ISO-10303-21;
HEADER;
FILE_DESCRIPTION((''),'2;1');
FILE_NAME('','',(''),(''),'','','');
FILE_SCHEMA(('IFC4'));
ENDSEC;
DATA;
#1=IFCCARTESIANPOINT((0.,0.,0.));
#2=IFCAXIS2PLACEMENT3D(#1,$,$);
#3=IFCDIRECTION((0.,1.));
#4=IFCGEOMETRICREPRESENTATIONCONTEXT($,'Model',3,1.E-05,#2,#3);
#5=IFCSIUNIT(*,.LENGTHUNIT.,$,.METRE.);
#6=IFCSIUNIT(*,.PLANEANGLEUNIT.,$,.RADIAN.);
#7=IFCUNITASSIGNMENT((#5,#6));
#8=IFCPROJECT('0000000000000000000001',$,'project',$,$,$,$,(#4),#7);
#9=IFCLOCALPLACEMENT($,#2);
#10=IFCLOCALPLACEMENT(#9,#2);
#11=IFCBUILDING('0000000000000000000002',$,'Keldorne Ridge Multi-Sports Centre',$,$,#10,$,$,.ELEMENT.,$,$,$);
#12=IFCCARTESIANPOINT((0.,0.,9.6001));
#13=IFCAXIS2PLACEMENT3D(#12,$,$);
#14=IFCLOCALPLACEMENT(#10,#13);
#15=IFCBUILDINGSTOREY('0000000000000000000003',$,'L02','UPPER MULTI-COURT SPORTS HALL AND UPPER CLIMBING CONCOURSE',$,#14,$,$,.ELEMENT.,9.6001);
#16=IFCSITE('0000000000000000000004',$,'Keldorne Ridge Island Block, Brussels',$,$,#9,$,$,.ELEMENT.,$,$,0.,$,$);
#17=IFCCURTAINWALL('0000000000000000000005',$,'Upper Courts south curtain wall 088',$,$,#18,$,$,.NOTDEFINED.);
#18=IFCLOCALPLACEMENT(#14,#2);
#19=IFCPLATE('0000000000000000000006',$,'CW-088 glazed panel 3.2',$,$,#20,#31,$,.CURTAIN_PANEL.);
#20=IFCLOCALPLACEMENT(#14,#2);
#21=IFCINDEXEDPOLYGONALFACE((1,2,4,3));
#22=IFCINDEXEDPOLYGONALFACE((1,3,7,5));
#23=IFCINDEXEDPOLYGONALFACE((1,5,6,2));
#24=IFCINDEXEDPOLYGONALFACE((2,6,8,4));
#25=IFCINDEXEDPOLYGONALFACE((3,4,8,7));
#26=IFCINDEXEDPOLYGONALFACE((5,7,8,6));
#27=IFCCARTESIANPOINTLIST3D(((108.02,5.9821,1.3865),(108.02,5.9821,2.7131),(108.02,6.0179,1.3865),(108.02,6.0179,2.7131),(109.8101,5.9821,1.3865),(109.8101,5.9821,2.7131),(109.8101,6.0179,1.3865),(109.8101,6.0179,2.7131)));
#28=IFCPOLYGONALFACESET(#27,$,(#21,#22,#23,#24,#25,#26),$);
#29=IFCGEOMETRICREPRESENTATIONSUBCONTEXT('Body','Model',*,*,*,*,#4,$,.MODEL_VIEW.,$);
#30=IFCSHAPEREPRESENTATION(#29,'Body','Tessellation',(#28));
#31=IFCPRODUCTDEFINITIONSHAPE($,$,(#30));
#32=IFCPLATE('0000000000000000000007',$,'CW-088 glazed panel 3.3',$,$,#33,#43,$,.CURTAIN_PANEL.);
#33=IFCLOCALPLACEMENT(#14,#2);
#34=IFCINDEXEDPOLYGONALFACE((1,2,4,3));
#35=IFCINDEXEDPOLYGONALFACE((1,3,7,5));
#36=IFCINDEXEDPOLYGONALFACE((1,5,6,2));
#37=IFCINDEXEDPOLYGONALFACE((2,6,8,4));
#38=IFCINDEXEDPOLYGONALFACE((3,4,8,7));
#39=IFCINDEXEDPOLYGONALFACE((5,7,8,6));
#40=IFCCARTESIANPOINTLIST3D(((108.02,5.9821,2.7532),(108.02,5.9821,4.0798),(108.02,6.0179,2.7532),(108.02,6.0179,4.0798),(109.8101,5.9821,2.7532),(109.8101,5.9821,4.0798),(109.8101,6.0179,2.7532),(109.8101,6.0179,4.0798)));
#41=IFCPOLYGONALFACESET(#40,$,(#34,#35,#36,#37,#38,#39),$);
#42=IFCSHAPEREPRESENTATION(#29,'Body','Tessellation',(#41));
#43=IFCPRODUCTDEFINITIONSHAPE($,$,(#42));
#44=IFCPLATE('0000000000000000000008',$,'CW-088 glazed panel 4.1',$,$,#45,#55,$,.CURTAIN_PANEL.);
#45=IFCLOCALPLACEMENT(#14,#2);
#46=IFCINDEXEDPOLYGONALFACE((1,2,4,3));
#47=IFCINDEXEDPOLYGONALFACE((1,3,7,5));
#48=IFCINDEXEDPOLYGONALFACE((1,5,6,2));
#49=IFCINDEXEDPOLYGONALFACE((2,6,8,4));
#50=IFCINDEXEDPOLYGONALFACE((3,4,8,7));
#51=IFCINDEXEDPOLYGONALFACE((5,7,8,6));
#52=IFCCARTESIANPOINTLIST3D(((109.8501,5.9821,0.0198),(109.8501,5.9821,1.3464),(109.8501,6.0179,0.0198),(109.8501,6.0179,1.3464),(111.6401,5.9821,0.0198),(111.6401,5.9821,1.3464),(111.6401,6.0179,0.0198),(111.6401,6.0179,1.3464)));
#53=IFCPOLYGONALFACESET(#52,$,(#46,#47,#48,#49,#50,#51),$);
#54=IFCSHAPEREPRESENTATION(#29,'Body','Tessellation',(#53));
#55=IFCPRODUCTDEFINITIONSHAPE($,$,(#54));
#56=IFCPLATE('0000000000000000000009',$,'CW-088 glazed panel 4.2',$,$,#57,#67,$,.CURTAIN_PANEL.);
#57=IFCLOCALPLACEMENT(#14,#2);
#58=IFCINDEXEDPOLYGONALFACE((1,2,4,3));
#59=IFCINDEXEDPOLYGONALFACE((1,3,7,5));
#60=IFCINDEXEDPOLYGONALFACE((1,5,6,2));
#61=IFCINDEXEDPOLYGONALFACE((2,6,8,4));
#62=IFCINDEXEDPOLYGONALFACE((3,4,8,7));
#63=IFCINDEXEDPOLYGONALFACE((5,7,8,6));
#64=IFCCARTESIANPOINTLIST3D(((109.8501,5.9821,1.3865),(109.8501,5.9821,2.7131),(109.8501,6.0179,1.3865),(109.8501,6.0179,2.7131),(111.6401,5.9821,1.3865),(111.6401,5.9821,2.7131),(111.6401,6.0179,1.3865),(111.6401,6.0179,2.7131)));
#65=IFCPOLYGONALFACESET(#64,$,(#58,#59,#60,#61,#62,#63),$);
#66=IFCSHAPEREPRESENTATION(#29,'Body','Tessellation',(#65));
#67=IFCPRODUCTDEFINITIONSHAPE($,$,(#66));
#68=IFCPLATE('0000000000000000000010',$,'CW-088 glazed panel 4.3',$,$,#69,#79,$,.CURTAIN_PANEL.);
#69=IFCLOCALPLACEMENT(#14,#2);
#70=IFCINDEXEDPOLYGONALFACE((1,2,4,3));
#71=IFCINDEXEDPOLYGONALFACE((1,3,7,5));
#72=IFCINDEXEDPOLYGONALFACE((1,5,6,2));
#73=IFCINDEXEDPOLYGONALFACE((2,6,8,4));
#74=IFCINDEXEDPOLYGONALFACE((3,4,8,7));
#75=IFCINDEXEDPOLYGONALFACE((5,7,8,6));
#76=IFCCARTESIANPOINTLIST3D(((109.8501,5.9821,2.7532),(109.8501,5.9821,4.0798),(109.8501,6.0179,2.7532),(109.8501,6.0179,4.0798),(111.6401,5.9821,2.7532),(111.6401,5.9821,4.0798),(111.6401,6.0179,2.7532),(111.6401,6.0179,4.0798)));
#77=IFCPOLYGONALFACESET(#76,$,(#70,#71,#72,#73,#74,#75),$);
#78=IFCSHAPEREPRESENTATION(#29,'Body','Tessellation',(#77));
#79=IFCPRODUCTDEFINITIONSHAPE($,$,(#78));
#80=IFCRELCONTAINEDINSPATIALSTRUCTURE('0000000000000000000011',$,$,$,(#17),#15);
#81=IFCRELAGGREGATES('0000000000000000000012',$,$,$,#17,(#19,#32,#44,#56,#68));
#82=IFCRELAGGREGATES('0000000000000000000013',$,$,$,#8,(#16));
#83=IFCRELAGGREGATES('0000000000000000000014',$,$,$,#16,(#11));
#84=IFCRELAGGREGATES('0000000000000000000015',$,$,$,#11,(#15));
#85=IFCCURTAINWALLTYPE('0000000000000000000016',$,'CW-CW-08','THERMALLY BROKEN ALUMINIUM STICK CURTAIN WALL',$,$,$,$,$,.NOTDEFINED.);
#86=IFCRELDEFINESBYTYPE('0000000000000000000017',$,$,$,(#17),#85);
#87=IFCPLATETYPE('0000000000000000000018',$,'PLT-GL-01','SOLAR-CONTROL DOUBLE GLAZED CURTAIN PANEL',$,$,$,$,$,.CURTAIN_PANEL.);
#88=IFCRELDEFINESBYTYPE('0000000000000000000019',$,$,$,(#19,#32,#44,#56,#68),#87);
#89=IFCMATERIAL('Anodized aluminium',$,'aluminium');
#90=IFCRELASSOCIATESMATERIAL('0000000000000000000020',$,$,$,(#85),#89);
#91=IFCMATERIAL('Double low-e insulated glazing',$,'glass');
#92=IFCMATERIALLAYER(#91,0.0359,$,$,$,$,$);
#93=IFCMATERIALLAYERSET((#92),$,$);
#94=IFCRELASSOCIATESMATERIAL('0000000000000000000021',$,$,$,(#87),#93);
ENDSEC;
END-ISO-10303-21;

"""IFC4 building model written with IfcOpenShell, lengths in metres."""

from ifc_helpers import new_model, si_unit, direction, frame, origin, origin_2d, place, context, subcontext, project, spatial, rectangle, extrude, material, layer, layer_set, type_object, element, aggregate, save


model = new_model("IFC4")

# Units and contexts
model_context = context("Model", 3, precision=1e-05, world=origin(), true_north=direction((0.0, 1.0)))
body_context = subcontext(model_context, "Body", "Model", "MODEL_VIEW")
ifc_project = project(units=[si_unit("LENGTHUNIT", "METRE"), si_unit("PLANEANGLEUNIT", "RADIAN")], contexts=[model_context])

# Site, building, storey
site_placement = place(None, origin())
site = spatial("IfcSite", under=ifc_project, at=site_placement, Name="Keldorne Ridge Island Block, Brussels", CompositionType="ELEMENT", RefElevation=0.0)
building_placement = place(site_placement, origin())
building = spatial("IfcBuilding", under=site, at=building_placement, Name="Keldorne Ridge Multi-Sports Centre", CompositionType="ELEMENT")
storey_placement = place(building_placement, frame((0.0, 0.0, 9.6001)))
storey = spatial("IfcBuildingStorey", under=building, at=storey_placement, Name="L02", Description="UPPER MULTI-COURT SPORTS HALL AND UPPER CLIMBING CONCOURSE", CompositionType="ELEMENT", Elevation=9.6001)

# Curtain wall, plates
ifc_material_1 = material(Name="Anodized aluminium", Category="aluminium")
curtain_wall_type = type_object("IfcCurtainWallType", Name="CW-CW-08", Description="THERMALLY BROKEN ALUMINIUM STICK CURTAIN WALL", PredefinedType="NOTDEFINED", material=ifc_material_1)
curtain_wall_placement = place(storey_placement, origin())
curtain_wall = element("IfcCurtainWall", 1, at=curtain_wall_placement, inside=storey, type_object=curtain_wall_type, Name="Upper Courts south curtain wall 088", PredefinedType="NOTDEFINED")
ifc_material_2 = material(Name="Double low-e insulated glazing", Category="glass")
ifc_layer = layer(ifc_material_2, 0.0359)
ifc_layer_set = layer_set([ifc_layer])
plate_type = type_object("IfcPlateType", Name="PLT-GL-01", Description="SOLAR-CONTROL DOUBLE GLAZED CURTAIN PANEL", PredefinedType="CURTAIN_PANEL", material=ifc_layer_set)
plate_1_placement = place(storey_placement, frame((108.915, 6.0, 1.3865), z_axis=(0.0, 0.0, 1.0), x_axis=(1.0, 0.0, 0.0)))
plate_1 = element("IfcPlate", 2, at=plate_1_placement, type_object=plate_type, Name="CW-088 glazed panel 3.2", PredefinedType="CURTAIN_PANEL", context=body_context, shape_type="SweptSolid", body=[
    extrude(rectangle(XDim=1.79, YDim=0.0359, at=origin_2d()), origin(), (0.0, 0.0, 1.0), 1.3267),
])
plate_2_placement = place(storey_placement, frame((108.915, 6.0, 2.7532), z_axis=(0.0, 0.0, 1.0), x_axis=(1.0, 0.0, 0.0)))
plate_2 = element("IfcPlate", 3, at=plate_2_placement, type_object=plate_type, Name="CW-088 glazed panel 3.3", PredefinedType="CURTAIN_PANEL", context=body_context, shape_type="SweptSolid", body=[
    extrude(rectangle(XDim=1.79, YDim=0.0359, at=origin_2d()), origin(), (0.0, 0.0, 1.0), 1.3267),
])
plate_3_placement = place(storey_placement, frame((110.7451, 6.0, 0.0198), z_axis=(0.0, 0.0, 1.0), x_axis=(1.0, 0.0, 0.0)))
plate_3 = element("IfcPlate", 4, at=plate_3_placement, type_object=plate_type, Name="CW-088 glazed panel 4.1", PredefinedType="CURTAIN_PANEL", context=body_context, shape_type="SweptSolid", body=[
    extrude(rectangle(XDim=1.79, YDim=0.0359, at=origin_2d()), origin(), (0.0, 0.0, 1.0), 1.3267),
])
plate_4_placement = place(storey_placement, frame((110.7451, 6.0, 1.3865), z_axis=(0.0, 0.0, 1.0), x_axis=(1.0, 0.0, 0.0)))
plate_4 = element("IfcPlate", 5, at=plate_4_placement, type_object=plate_type, Name="CW-088 glazed panel 4.2", PredefinedType="CURTAIN_PANEL", context=body_context, shape_type="SweptSolid", body=[
    extrude(rectangle(XDim=1.79, YDim=0.0359, at=origin_2d()), origin(), (0.0, 0.0, 1.0), 1.3267),
])
plate_5_placement = place(storey_placement, frame((110.7451, 6.0, 2.7532), z_axis=(0.0, 0.0, 1.0), x_axis=(1.0, 0.0, 0.0)))
plate_5 = element("IfcPlate", 6, at=plate_5_placement, type_object=plate_type, Name="CW-088 glazed panel 4.3", PredefinedType="CURTAIN_PANEL", context=body_context, shape_type="SweptSolid", body=[
    extrude(rectangle(XDim=1.79, YDim=0.0359, at=origin_2d()), origin(), (0.0, 0.0, 1.0), 1.3267),
])
aggregate(curtain_wall, [plate_1, plate_2, plate_3, plate_4, plate_5])

save(model, "model.ifc")
